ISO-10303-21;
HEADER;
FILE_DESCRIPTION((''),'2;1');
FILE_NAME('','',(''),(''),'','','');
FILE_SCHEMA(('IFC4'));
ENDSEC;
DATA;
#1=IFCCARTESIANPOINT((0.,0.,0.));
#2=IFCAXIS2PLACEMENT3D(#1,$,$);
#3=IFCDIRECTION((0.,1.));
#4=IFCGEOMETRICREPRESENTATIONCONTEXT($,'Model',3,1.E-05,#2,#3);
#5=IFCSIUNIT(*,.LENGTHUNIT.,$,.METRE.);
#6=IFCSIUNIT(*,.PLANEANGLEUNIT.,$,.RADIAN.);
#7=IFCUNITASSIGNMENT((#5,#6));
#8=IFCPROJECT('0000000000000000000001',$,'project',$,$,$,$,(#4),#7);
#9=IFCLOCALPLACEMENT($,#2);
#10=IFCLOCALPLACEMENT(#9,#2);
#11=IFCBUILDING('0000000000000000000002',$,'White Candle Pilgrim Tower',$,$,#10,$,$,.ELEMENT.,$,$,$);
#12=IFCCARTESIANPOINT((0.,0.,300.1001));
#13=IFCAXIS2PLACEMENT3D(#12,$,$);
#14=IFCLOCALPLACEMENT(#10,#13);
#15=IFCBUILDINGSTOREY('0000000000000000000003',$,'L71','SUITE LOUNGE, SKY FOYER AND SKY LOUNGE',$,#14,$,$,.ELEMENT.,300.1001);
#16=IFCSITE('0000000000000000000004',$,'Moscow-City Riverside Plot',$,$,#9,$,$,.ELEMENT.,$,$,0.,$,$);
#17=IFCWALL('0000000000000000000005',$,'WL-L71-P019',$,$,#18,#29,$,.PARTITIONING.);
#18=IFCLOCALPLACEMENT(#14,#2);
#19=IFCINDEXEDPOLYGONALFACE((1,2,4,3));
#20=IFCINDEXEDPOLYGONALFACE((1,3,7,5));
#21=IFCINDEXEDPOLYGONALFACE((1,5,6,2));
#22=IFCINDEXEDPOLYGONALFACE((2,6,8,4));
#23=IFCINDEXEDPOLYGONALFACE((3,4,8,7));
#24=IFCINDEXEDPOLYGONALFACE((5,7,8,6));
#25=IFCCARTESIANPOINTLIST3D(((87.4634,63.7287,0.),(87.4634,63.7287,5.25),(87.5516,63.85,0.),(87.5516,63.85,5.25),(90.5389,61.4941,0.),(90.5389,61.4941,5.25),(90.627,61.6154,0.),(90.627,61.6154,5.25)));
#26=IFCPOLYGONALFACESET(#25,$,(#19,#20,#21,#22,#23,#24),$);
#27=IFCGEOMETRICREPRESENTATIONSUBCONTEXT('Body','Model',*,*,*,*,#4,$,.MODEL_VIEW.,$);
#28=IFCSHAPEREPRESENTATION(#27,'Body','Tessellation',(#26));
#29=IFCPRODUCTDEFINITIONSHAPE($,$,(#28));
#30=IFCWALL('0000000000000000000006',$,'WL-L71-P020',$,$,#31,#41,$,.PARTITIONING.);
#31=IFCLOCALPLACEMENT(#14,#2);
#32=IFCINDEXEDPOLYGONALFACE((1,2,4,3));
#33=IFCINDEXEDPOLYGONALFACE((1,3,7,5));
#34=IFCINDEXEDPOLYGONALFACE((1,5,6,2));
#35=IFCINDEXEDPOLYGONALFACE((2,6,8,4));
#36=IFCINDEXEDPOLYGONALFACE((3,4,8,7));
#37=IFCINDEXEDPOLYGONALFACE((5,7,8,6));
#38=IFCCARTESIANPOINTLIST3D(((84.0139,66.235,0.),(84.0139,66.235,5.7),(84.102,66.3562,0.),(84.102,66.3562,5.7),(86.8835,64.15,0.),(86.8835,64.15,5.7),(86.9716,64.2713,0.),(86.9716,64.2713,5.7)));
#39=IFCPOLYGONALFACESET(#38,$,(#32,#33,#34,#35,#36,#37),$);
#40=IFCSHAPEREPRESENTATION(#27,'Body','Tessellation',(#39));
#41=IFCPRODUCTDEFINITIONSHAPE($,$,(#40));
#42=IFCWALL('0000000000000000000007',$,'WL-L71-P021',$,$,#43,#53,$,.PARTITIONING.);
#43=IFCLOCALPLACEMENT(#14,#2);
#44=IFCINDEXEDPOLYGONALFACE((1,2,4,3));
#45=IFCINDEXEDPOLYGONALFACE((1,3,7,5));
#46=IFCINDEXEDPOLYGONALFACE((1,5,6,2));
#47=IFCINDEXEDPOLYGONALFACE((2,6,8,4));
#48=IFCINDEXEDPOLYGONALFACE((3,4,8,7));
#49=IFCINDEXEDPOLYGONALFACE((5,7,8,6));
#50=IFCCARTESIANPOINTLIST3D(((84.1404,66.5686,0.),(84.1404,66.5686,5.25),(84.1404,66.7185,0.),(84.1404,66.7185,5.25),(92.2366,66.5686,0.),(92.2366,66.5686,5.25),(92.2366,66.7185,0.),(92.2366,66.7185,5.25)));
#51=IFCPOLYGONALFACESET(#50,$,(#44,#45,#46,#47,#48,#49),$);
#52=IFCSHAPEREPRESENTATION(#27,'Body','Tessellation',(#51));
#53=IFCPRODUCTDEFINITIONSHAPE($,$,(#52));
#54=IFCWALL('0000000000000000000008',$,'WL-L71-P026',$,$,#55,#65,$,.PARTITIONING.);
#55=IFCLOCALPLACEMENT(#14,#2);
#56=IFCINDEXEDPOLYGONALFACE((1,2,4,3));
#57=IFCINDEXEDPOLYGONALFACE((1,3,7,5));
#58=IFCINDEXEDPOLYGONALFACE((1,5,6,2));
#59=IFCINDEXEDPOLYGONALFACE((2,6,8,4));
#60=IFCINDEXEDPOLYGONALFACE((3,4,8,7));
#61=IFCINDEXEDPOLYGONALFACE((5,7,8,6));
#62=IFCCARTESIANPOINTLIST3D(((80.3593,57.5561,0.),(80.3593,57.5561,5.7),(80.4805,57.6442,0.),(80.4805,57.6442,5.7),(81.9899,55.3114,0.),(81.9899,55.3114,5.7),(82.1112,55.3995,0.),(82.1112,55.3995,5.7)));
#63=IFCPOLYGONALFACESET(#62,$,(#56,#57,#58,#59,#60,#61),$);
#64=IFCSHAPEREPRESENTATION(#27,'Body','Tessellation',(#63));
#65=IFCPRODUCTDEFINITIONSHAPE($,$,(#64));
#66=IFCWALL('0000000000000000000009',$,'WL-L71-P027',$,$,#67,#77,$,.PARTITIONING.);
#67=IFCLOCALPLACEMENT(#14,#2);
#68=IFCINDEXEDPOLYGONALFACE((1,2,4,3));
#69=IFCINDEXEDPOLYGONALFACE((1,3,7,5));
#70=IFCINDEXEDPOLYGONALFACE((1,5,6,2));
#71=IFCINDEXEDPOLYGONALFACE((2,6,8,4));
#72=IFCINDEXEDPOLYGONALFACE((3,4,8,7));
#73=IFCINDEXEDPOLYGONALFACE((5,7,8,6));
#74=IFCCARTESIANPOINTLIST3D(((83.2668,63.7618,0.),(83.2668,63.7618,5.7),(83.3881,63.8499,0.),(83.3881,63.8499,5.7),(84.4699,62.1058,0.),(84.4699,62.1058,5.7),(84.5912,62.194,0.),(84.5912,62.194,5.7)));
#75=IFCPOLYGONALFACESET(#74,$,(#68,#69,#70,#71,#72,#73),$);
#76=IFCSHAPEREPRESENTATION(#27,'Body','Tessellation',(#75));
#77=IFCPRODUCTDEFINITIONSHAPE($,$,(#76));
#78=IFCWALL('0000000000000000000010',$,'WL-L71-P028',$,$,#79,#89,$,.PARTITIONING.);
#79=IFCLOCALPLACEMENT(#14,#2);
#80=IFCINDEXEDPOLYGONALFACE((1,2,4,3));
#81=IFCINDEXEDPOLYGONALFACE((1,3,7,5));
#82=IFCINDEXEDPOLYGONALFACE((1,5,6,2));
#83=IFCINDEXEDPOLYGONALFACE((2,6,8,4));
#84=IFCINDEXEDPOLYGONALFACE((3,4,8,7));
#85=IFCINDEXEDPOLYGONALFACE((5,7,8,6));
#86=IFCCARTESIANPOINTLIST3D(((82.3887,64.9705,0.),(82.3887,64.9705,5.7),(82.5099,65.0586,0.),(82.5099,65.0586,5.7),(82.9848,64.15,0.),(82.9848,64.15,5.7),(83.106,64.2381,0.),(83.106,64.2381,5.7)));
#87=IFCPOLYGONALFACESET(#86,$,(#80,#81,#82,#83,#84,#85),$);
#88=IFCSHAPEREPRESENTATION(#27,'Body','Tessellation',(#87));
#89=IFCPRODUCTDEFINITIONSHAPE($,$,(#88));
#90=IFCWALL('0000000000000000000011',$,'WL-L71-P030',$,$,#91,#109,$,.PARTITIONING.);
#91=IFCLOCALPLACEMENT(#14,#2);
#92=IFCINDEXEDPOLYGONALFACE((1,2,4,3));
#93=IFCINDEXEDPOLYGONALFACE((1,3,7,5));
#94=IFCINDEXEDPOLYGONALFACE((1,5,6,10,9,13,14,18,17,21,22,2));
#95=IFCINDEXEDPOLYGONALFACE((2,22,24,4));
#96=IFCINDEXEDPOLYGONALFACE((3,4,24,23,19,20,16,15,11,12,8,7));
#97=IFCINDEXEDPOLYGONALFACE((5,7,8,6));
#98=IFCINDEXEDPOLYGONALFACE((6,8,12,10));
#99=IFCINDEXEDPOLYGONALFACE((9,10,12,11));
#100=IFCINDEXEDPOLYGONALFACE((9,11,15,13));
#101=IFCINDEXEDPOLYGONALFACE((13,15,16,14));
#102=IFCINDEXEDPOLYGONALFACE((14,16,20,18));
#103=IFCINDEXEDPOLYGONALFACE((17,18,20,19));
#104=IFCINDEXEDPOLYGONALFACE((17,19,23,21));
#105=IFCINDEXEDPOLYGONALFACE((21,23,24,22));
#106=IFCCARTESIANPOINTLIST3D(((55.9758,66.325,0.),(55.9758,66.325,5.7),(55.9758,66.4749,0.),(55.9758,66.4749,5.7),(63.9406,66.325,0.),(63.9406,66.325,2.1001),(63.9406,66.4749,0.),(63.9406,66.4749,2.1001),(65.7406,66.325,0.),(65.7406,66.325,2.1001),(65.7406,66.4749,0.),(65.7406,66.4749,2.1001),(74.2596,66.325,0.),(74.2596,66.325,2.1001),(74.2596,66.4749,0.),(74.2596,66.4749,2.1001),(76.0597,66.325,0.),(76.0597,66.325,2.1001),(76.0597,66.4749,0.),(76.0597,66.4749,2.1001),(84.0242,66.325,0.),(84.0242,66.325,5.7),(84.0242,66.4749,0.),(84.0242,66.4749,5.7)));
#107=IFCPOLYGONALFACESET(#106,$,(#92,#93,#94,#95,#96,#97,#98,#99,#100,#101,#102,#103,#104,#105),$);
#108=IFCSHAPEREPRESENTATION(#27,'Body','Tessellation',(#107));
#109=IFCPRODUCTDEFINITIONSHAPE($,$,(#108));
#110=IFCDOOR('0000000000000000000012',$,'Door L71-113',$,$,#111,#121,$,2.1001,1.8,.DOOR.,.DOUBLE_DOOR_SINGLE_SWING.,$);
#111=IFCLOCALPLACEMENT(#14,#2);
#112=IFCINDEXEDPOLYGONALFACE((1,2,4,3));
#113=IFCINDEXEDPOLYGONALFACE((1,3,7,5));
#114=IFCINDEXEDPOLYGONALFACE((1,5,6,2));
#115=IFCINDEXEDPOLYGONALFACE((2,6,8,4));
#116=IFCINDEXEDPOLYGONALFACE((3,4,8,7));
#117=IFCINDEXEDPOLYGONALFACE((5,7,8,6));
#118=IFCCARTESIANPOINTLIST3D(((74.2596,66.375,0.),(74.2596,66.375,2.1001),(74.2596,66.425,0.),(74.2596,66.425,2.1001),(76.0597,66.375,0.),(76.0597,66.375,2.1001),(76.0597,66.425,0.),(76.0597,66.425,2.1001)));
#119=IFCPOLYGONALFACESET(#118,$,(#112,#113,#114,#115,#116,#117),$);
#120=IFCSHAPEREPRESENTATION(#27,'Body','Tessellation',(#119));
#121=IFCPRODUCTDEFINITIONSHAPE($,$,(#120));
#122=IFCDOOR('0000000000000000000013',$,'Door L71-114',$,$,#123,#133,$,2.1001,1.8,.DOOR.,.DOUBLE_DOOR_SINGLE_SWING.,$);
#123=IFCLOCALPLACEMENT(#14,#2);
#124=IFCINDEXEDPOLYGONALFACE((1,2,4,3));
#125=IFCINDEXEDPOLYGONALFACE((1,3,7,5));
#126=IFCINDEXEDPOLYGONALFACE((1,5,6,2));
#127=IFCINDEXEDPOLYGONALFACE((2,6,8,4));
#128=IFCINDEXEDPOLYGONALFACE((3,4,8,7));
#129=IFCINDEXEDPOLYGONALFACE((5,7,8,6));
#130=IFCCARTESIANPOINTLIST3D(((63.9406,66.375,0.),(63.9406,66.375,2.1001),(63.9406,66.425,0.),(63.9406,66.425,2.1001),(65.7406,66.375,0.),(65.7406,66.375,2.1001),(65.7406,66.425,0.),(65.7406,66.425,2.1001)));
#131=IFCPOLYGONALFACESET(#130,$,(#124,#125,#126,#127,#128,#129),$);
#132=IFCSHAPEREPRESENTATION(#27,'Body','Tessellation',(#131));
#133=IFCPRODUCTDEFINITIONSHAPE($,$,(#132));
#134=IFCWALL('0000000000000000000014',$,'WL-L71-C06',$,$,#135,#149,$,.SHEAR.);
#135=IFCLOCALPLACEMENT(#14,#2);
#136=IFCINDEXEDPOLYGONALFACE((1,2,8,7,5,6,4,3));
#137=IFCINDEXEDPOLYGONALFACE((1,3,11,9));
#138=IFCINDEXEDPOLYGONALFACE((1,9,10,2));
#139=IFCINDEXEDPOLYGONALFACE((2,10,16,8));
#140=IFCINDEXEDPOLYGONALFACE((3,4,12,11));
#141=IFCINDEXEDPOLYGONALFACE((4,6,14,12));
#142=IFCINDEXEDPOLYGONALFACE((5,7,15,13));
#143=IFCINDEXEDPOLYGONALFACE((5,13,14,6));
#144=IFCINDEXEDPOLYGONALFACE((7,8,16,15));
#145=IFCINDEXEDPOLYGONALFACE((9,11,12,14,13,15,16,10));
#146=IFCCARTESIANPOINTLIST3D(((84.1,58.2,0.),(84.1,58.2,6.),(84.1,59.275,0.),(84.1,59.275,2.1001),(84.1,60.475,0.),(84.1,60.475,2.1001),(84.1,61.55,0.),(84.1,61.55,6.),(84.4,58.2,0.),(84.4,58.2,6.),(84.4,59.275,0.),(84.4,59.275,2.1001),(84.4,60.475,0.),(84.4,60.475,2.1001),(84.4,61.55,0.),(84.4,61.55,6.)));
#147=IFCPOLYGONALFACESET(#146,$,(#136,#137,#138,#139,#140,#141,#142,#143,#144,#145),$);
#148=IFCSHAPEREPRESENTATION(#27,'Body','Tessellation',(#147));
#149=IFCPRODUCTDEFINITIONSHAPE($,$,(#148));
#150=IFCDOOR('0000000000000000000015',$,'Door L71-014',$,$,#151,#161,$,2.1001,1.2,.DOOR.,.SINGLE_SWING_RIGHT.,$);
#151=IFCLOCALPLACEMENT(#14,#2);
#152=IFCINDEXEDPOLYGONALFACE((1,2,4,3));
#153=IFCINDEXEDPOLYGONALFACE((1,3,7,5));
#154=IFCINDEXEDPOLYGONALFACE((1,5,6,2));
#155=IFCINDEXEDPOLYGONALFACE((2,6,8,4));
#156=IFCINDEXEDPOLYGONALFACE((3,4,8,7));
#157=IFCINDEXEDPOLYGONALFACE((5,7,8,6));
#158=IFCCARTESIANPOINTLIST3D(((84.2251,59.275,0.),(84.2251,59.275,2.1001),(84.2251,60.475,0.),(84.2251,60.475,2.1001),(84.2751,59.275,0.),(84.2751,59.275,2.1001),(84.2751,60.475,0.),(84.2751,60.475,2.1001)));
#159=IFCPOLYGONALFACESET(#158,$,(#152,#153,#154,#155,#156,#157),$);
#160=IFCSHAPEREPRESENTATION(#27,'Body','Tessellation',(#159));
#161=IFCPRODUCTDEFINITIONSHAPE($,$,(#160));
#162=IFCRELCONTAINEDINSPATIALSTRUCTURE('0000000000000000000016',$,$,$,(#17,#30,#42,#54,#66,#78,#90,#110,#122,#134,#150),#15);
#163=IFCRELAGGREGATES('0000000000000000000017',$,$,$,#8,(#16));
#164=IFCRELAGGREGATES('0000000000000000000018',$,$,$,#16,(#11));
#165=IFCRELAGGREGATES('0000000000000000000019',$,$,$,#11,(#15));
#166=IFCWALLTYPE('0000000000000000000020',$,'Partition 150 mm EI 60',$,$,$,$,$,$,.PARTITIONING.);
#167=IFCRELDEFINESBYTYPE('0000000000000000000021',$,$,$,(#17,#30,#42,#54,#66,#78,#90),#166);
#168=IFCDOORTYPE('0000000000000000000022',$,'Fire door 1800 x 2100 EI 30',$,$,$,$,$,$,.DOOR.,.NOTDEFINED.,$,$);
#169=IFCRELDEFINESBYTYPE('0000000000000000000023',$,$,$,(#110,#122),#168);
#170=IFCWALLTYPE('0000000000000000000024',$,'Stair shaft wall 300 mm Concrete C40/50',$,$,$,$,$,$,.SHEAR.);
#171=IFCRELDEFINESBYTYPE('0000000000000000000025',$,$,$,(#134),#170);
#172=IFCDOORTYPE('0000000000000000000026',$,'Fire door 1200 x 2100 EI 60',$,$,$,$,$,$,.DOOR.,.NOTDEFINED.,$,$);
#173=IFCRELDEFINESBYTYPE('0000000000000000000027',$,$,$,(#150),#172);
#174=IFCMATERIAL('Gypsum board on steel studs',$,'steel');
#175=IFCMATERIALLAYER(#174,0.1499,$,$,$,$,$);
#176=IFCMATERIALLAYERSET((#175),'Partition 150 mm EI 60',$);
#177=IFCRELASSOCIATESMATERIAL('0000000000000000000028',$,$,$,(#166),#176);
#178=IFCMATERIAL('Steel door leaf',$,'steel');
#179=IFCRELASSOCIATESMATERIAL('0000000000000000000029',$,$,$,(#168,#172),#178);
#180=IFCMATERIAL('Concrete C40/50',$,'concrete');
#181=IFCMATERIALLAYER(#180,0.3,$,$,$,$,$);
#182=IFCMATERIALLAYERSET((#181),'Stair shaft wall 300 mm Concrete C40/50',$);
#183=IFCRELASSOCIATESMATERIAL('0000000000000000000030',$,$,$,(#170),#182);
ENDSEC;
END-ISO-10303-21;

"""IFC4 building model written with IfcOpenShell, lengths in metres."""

from ifc_helpers import new_model, si_unit, direction, frame, frame_2d, origin, place, context, subcontext, project, spatial, rectangle, extrude, material, layer, layer_set, type_object, element, fill, save


model = new_model("IFC4")

# Units and contexts
model_context = context("Model", 3, precision=1e-05, world=origin(), true_north=direction((0.0, 1.0)))
body_context = subcontext(model_context, "Body", "Model", "MODEL_VIEW")
ifc_project = project(units=[si_unit("LENGTHUNIT", "METRE"), si_unit("PLANEANGLEUNIT", "RADIAN")], contexts=[model_context])

# Site, building, storey
site_placement = place(None, origin())
site = spatial("IfcSite", under=ifc_project, at=site_placement, Name="Moscow-City Riverside Plot", CompositionType="ELEMENT", RefElevation=0.0)
building_placement = place(site_placement, origin())
building = spatial("IfcBuilding", under=site, at=building_placement, Name="White Candle Pilgrim Tower", CompositionType="ELEMENT")
storey_placement = place(building_placement, frame((0.0, 0.0, 300.1001)))
storey = spatial("IfcBuildingStorey", under=building, at=storey_placement, Name="L71", Description="SUITE LOUNGE, SKY FOYER AND SKY LOUNGE", CompositionType="ELEMENT", Elevation=300.1001)

# Shared definitions
ifc_material_1 = material(Name="Concrete C40/50", Category="concrete")

# Shared definitions
ifc_material_2 = material(Name="Gypsum board on steel studs", Category="steel")
ifc_material_3 = material(Name="Steel door leaf", Category="steel")

# Walls
ifc_layer_1 = layer(ifc_material_2, 0.1499)
ifc_layer_set_1 = layer_set([ifc_layer_1], Name="Partition 150 mm EI 60")
wall_type_1 = type_object("IfcWallType", Name="Partition 150 mm EI 60", PredefinedType="PARTITIONING", material=ifc_layer_set_1)
wall_1_placement = place(storey_placement, frame((90.583, 61.5547, 0.0), z_axis=(0.0, 0.0, 1.0), x_axis=(-0.808994, 0.587817, 0.0)))
element("IfcWall", 1, at=wall_1_placement, inside=storey, type_object=wall_type_1, Name="WL-L71-P019", PredefinedType="PARTITIONING", context=body_context, shape_type="SweptSolid", body=[
    extrude(rectangle(XDim=3.8015, YDim=0.1499, at=frame_2d((1.9009, 0.0))), origin(), (0.0, 0.0, 1.0), 5.25),
])
wall_2_placement = place(storey_placement, frame((86.9275, 64.2107, 0.0), z_axis=(0.0, 0.0, 1.0), x_axis=(-0.80901, 0.587795, 0.0)))
element("IfcWall", 2, at=wall_2_placement, inside=storey, type_object=wall_type_1, Name="WL-L71-P020", PredefinedType="PARTITIONING", context=body_context, shape_type="SweptSolid", body=[
    extrude(rectangle(XDim=3.5471, YDim=0.1499, at=frame_2d((1.7734, 0.0))), origin(), (0.0, 0.0, 1.0), 5.7),
])
wall_3_placement = place(storey_placement, frame((92.2366, 66.6436, 0.0), z_axis=(0.0, 0.0, 1.0), x_axis=(-1.0, 0.0, 0.0)))
element("IfcWall", 3, at=wall_3_placement, inside=storey, type_object=wall_type_1, Name="WL-L71-P021", PredefinedType="PARTITIONING", context=body_context, shape_type="SweptSolid", body=[
    extrude(rectangle(XDim=8.0962, YDim=0.1499, at=frame_2d((4.0481, 0.0))), origin(), (0.0, 0.0, 1.0), 5.25),
])
wall_4_placement = place(storey_placement, frame((82.0505, 55.3555, 0.0), z_axis=(0.0, 0.0, 1.0), x_axis=(-0.587737, 0.809052, 0.0)))
element("IfcWall", 4, at=wall_4_placement, inside=storey, type_object=wall_type_1, Name="WL-L71-P026", PredefinedType="PARTITIONING", context=body_context, shape_type="SweptSolid", body=[
    extrude(rectangle(XDim=2.7744, YDim=0.1499, at=frame_2d((1.3872, 0.0))), origin(), (0.0, 0.0, 1.0), 5.7),
])
wall_5_placement = place(storey_placement, frame((84.5305, 62.1499, 0.0), z_axis=(0.0, 0.0, 1.0), x_axis=(-0.587774, 0.809025, 0.0)))
element("IfcWall", 5, at=wall_5_placement, inside=storey, type_object=wall_type_1, Name="WL-L71-P027", PredefinedType="PARTITIONING", context=body_context, shape_type="SweptSolid", body=[
    extrude(rectangle(XDim=2.0469, YDim=0.1499, at=frame_2d((1.0234, 0.0))), origin(), (0.0, 0.0, 1.0), 5.7),
])
wall_6_placement = place(storey_placement, frame((83.0454, 64.1941, 0.0), z_axis=(0.0, 0.0, 1.0), x_axis=(-0.5878, 0.809007, 0.0)))
element("IfcWall", 6, at=wall_6_placement, inside=storey, type_object=wall_type_1, Name="WL-L71-P028", PredefinedType="PARTITIONING", context=body_context, shape_type="SweptSolid", body=[
    extrude(rectangle(XDim=1.0142, YDim=0.1499, at=frame_2d((0.5071, 0.0))), origin(), (0.0, 0.0, 1.0), 5.7),
])

# Wall, openings, doors
wall_7_placement = place(storey_placement, frame((84.0242, 66.3999, 0.0), z_axis=(0.0, 0.0, 1.0), x_axis=(-1.0, 0.0, 0.0)))
wall_7 = element("IfcWall", 7, at=wall_7_placement, inside=storey, type_object=wall_type_1, Name="WL-L71-P030", PredefinedType="PARTITIONING", context=body_context, shape_type="SweptSolid", body=[
    extrude(rectangle(XDim=28.0483, YDim=0.1499, at=frame_2d((14.0242, 0.0))), origin(), (0.0, 0.0, 1.0), 5.7),
])
opening_1_placement = place(wall_7_placement, frame((7.9646, 0.0, 0.0)))
opening_1 = element("IfcOpeningElement", 8, at=opening_1_placement, cuts=wall_7, PredefinedType="OPENING", context=body_context, shape_type="SweptSolid", body=[
    extrude(rectangle(XDim=1.8, YDim=2.1001, at=frame_2d((0.8999, 1.05))), frame((0.0, 0.085, 0.0), z_axis=(0.0, -1.0, 0.0), x_axis=(1.0, 0.0, 0.0)), (0.0, 0.0, 1.0), 0.1699),
])
opening_2_placement = place(wall_7_placement, frame((18.2837, 0.0, 0.0)))
opening_2 = element("IfcOpeningElement", 9, at=opening_2_placement, cuts=wall_7, PredefinedType="OPENING", context=body_context, shape_type="SweptSolid", body=[
    extrude(rectangle(XDim=1.8, YDim=2.1001, at=frame_2d((0.8999, 1.05))), frame((0.0, 0.085, 0.0), z_axis=(0.0, -1.0, 0.0), x_axis=(1.0, 0.0, 0.0)), (0.0, 0.0, 1.0), 0.1699),
])
door_type_1 = type_object("IfcDoorType", Name="Fire door 1800 x 2100 EI 30", OperationType="NOTDEFINED", PredefinedType="DOOR", material=ifc_material_3)
door_1_placement = place(opening_1_placement, origin())
door_1 = element("IfcDoor", 10, at=door_1_placement, inside=storey, type_object=door_type_1, Name="Door L71-113", OperationType="DOUBLE_DOOR_SINGLE_SWING", OverallHeight=2.1001, OverallWidth=1.8, PredefinedType="DOOR", context=body_context, shape_type="SweptSolid", body=[
    extrude(rectangle(XDim=1.8, YDim=2.1001, at=frame_2d((0.8999, 1.05))), frame((0.0, 0.0249, 0.0), z_axis=(0.0, -1.0, 0.0), x_axis=(1.0, 0.0, 0.0)), (0.0, 0.0, 1.0), 0.05),
])
fill(opening_1, door_1)
door_2_placement = place(opening_2_placement, origin())
door_2 = element("IfcDoor", 11, at=door_2_placement, inside=storey, type_object=door_type_1, Name="Door L71-114", OperationType="DOUBLE_DOOR_SINGLE_SWING", OverallHeight=2.1001, OverallWidth=1.8, PredefinedType="DOOR", context=body_context, shape_type="SweptSolid", body=[
    extrude(rectangle(XDim=1.8, YDim=2.1001, at=frame_2d((0.8999, 1.05))), frame((0.0, 0.0249, 0.0), z_axis=(0.0, -1.0, 0.0), x_axis=(1.0, 0.0, 0.0)), (0.0, 0.0, 1.0), 0.05),
])
fill(opening_2, door_2)

# Wall, opening, door
ifc_layer_2 = layer(ifc_material_1, 0.3)
ifc_layer_set_2 = layer_set([ifc_layer_2], Name="Stair shaft wall 300 mm Concrete C40/50")
wall_type_2 = type_object("IfcWallType", Name="Stair shaft wall 300 mm Concrete C40/50", PredefinedType="SHEAR", material=ifc_layer_set_2)
wall_8_placement = place(storey_placement, frame((84.25, 58.2, 0.0), z_axis=(0.0, 0.0, 1.0), x_axis=(0.0, 1.0, 0.0)))
wall_8 = element("IfcWall", 12, at=wall_8_placement, inside=storey, type_object=wall_type_2, Name="WL-L71-C06", PredefinedType="SHEAR", context=body_context, shape_type="SweptSolid", body=[
    extrude(rectangle(XDim=3.3501, YDim=0.3, at=frame_2d((1.675, 0.0))), origin(), (0.0, 0.0, 1.0), 6.0),
])
opening_3_placement = place(wall_8_placement, frame((1.075, 0.0, 0.0)))
opening_3 = element("IfcOpeningElement", 13, at=opening_3_placement, cuts=wall_8, PredefinedType="OPENING", context=body_context, shape_type="SweptSolid", body=[
    extrude(rectangle(XDim=1.2, YDim=2.1001, at=frame_2d((0.6001, 1.05))), frame((0.0, 0.1599, 0.0), z_axis=(0.0, -1.0, 0.0), x_axis=(1.0, 0.0, 0.0)), (0.0, 0.0, 1.0), 0.3201),
])
door_type_2 = type_object("IfcDoorType", Name="Fire door 1200 x 2100 EI 60", OperationType="NOTDEFINED", PredefinedType="DOOR", material=ifc_material_3)
door_3_placement = place(opening_3_placement, origin())
door_3 = element("IfcDoor", 14, at=door_3_placement, inside=storey, type_object=door_type_2, Name="Door L71-014", OperationType="SINGLE_SWING_RIGHT", OverallHeight=2.1001, OverallWidth=1.2, PredefinedType="DOOR", context=body_context, shape_type="SweptSolid", body=[
    extrude(rectangle(XDim=1.2, YDim=2.1001, at=frame_2d((0.6001, 1.05))), frame((0.0, 0.0249, 0.0), z_axis=(0.0, -1.0, 0.0), x_axis=(1.0, 0.0, 0.0)), (0.0, 0.0, 1.0), 0.05),
])
fill(opening_3, door_3)

save(model, "model.ifc")
